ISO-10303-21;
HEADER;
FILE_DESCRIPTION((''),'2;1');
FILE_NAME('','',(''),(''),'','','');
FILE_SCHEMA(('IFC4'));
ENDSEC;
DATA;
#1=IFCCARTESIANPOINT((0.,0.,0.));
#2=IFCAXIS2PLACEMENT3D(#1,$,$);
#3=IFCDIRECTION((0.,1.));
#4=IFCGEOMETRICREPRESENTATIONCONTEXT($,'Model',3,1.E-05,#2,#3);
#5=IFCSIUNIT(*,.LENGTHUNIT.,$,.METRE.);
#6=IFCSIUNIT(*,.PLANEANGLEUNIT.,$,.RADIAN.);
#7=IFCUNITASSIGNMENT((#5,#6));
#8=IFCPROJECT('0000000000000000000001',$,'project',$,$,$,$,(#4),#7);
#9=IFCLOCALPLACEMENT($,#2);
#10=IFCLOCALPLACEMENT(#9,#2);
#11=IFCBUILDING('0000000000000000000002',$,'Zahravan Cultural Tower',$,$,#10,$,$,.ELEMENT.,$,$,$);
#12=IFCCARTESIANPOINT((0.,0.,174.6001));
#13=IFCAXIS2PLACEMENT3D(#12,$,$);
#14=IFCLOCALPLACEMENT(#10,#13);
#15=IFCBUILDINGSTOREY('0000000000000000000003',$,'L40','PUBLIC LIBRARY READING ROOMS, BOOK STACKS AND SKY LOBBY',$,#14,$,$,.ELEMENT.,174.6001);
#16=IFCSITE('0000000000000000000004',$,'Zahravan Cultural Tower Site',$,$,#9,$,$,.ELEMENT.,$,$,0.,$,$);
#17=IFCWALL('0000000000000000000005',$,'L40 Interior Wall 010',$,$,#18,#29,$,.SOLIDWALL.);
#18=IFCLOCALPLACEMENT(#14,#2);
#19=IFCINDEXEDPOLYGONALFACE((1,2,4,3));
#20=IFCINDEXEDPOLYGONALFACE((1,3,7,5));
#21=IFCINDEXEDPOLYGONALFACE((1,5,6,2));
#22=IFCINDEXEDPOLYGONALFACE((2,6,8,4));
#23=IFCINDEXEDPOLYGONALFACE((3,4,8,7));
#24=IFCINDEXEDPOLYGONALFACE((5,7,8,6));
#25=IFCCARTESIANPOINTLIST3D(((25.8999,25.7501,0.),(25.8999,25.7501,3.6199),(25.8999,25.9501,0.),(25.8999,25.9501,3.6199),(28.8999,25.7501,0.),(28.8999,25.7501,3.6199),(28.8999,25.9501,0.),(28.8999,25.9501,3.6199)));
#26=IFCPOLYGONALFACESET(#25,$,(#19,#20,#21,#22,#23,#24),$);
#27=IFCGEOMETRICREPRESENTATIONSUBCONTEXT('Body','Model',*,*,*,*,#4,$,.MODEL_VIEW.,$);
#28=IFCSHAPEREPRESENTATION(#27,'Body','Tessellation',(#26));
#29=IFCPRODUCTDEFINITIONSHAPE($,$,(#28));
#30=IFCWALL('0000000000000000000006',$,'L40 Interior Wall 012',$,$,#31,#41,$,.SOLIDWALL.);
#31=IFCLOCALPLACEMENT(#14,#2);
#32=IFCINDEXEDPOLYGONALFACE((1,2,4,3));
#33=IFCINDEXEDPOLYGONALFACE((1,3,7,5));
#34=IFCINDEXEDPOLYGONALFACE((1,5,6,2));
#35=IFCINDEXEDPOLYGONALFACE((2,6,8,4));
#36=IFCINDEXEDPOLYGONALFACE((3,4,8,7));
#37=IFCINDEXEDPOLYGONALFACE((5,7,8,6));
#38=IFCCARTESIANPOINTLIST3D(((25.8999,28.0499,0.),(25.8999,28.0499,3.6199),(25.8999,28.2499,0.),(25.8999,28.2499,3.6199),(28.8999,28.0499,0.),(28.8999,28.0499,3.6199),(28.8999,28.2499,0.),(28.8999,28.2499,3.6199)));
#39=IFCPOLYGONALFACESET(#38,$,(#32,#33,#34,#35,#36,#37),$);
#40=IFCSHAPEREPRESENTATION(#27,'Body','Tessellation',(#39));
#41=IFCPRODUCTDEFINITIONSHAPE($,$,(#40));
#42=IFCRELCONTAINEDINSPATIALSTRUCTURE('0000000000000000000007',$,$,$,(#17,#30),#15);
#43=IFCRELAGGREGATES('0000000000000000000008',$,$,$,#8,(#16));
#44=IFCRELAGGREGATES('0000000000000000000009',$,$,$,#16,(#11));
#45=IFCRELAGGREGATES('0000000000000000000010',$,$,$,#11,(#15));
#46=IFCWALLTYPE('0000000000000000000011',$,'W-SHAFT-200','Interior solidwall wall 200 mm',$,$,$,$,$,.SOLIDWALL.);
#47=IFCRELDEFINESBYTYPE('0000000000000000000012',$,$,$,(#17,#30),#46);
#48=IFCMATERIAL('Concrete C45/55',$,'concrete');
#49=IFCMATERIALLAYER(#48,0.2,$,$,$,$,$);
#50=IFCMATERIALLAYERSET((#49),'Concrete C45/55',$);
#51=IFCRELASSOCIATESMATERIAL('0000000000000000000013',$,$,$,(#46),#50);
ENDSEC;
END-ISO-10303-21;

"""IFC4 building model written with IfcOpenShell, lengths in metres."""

from ifc_helpers import new_model, si_unit, direction, frame, frame_2d, origin, place, context, subcontext, project, spatial, rectangle, extrude, source, transform, mapped, material, layer, layer_set, type_object, element, save


model = new_model("IFC4")

# Units and contexts
model_context = context("Model", 3, precision=1e-05, world=origin(), true_north=direction((0.0, 1.0)))
body_context = subcontext(model_context, "Body", "Model", "MODEL_VIEW")
ifc_project = project(units=[si_unit("LENGTHUNIT", "METRE"), si_unit("PLANEANGLEUNIT", "RADIAN")], contexts=[model_context])

# Site, building, storey
site_placement = place(None, origin())
site = spatial("IfcSite", under=ifc_project, at=site_placement, Name="Zahravan Cultural Tower Site", CompositionType="ELEMENT", RefElevation=0.0)
building_placement = place(site_placement, origin())
building = spatial("IfcBuilding", under=site, at=building_placement, Name="Zahravan Cultural Tower", CompositionType="ELEMENT")
storey_placement = place(building_placement, frame((0.0, 0.0, 174.6001)))
storey = spatial("IfcBuildingStorey", under=building, at=storey_placement, Name="L40", Description="PUBLIC LIBRARY READING ROOMS, BOOK STACKS AND SKY LOBBY", CompositionType="ELEMENT", Elevation=174.6001)

# Shared definitions
ifc_material_1 = material(Name="Concrete C45/55", Category="concrete")
ifc_layer_1 = layer(ifc_material_1, 0.2)
ifc_layer_set_1 = layer_set([ifc_layer_1], Name="Concrete C45/55")
wall_type_1 = type_object("IfcWallType", Name="W-SHAFT-200", Description="Interior solidwall wall 200 mm", PredefinedType="SOLIDWALL", material=ifc_layer_set_1)

# Walls
shared_shape_1 = source(origin(), body_context, "Body", "SweptSolid", [
    extrude(rectangle(XDim=3.0, YDim=0.2, at=frame_2d((1.5, 0.0))), origin(), (0.0, 0.0, 1.0), 3.6199),
])
for number, where, z_axis, x_axis, name in (
    (1, (25.8999, 25.8501, 0.0), (0.0, 0.0, 1.0), (1.0, 0.0, 0.0), "L40 Interior Wall 010"),
    (2, (25.8999, 28.1499, 0.0), (0.0, 0.0, 1.0), (1.0, 0.0, 0.0), "L40 Interior Wall 012"),
):
    element("IfcWall", number, at=place(storey_placement, frame(where, z_axis=z_axis, x_axis=x_axis)), inside=storey, type_object=wall_type_1, Name=name, PredefinedType="SOLIDWALL", context=body_context, shape_type="MappedRepresentation", body=[
        mapped(shared_shape_1, transform((0.0, 0.0, 0.0), x_axis=(1.0, 0.0, 0.0), y_axis=(0.0, 1.0, 0.0), z_axis=(0.0, 0.0, 1.0), scale=1.0)),
    ])

save(model, "model.ifc")
